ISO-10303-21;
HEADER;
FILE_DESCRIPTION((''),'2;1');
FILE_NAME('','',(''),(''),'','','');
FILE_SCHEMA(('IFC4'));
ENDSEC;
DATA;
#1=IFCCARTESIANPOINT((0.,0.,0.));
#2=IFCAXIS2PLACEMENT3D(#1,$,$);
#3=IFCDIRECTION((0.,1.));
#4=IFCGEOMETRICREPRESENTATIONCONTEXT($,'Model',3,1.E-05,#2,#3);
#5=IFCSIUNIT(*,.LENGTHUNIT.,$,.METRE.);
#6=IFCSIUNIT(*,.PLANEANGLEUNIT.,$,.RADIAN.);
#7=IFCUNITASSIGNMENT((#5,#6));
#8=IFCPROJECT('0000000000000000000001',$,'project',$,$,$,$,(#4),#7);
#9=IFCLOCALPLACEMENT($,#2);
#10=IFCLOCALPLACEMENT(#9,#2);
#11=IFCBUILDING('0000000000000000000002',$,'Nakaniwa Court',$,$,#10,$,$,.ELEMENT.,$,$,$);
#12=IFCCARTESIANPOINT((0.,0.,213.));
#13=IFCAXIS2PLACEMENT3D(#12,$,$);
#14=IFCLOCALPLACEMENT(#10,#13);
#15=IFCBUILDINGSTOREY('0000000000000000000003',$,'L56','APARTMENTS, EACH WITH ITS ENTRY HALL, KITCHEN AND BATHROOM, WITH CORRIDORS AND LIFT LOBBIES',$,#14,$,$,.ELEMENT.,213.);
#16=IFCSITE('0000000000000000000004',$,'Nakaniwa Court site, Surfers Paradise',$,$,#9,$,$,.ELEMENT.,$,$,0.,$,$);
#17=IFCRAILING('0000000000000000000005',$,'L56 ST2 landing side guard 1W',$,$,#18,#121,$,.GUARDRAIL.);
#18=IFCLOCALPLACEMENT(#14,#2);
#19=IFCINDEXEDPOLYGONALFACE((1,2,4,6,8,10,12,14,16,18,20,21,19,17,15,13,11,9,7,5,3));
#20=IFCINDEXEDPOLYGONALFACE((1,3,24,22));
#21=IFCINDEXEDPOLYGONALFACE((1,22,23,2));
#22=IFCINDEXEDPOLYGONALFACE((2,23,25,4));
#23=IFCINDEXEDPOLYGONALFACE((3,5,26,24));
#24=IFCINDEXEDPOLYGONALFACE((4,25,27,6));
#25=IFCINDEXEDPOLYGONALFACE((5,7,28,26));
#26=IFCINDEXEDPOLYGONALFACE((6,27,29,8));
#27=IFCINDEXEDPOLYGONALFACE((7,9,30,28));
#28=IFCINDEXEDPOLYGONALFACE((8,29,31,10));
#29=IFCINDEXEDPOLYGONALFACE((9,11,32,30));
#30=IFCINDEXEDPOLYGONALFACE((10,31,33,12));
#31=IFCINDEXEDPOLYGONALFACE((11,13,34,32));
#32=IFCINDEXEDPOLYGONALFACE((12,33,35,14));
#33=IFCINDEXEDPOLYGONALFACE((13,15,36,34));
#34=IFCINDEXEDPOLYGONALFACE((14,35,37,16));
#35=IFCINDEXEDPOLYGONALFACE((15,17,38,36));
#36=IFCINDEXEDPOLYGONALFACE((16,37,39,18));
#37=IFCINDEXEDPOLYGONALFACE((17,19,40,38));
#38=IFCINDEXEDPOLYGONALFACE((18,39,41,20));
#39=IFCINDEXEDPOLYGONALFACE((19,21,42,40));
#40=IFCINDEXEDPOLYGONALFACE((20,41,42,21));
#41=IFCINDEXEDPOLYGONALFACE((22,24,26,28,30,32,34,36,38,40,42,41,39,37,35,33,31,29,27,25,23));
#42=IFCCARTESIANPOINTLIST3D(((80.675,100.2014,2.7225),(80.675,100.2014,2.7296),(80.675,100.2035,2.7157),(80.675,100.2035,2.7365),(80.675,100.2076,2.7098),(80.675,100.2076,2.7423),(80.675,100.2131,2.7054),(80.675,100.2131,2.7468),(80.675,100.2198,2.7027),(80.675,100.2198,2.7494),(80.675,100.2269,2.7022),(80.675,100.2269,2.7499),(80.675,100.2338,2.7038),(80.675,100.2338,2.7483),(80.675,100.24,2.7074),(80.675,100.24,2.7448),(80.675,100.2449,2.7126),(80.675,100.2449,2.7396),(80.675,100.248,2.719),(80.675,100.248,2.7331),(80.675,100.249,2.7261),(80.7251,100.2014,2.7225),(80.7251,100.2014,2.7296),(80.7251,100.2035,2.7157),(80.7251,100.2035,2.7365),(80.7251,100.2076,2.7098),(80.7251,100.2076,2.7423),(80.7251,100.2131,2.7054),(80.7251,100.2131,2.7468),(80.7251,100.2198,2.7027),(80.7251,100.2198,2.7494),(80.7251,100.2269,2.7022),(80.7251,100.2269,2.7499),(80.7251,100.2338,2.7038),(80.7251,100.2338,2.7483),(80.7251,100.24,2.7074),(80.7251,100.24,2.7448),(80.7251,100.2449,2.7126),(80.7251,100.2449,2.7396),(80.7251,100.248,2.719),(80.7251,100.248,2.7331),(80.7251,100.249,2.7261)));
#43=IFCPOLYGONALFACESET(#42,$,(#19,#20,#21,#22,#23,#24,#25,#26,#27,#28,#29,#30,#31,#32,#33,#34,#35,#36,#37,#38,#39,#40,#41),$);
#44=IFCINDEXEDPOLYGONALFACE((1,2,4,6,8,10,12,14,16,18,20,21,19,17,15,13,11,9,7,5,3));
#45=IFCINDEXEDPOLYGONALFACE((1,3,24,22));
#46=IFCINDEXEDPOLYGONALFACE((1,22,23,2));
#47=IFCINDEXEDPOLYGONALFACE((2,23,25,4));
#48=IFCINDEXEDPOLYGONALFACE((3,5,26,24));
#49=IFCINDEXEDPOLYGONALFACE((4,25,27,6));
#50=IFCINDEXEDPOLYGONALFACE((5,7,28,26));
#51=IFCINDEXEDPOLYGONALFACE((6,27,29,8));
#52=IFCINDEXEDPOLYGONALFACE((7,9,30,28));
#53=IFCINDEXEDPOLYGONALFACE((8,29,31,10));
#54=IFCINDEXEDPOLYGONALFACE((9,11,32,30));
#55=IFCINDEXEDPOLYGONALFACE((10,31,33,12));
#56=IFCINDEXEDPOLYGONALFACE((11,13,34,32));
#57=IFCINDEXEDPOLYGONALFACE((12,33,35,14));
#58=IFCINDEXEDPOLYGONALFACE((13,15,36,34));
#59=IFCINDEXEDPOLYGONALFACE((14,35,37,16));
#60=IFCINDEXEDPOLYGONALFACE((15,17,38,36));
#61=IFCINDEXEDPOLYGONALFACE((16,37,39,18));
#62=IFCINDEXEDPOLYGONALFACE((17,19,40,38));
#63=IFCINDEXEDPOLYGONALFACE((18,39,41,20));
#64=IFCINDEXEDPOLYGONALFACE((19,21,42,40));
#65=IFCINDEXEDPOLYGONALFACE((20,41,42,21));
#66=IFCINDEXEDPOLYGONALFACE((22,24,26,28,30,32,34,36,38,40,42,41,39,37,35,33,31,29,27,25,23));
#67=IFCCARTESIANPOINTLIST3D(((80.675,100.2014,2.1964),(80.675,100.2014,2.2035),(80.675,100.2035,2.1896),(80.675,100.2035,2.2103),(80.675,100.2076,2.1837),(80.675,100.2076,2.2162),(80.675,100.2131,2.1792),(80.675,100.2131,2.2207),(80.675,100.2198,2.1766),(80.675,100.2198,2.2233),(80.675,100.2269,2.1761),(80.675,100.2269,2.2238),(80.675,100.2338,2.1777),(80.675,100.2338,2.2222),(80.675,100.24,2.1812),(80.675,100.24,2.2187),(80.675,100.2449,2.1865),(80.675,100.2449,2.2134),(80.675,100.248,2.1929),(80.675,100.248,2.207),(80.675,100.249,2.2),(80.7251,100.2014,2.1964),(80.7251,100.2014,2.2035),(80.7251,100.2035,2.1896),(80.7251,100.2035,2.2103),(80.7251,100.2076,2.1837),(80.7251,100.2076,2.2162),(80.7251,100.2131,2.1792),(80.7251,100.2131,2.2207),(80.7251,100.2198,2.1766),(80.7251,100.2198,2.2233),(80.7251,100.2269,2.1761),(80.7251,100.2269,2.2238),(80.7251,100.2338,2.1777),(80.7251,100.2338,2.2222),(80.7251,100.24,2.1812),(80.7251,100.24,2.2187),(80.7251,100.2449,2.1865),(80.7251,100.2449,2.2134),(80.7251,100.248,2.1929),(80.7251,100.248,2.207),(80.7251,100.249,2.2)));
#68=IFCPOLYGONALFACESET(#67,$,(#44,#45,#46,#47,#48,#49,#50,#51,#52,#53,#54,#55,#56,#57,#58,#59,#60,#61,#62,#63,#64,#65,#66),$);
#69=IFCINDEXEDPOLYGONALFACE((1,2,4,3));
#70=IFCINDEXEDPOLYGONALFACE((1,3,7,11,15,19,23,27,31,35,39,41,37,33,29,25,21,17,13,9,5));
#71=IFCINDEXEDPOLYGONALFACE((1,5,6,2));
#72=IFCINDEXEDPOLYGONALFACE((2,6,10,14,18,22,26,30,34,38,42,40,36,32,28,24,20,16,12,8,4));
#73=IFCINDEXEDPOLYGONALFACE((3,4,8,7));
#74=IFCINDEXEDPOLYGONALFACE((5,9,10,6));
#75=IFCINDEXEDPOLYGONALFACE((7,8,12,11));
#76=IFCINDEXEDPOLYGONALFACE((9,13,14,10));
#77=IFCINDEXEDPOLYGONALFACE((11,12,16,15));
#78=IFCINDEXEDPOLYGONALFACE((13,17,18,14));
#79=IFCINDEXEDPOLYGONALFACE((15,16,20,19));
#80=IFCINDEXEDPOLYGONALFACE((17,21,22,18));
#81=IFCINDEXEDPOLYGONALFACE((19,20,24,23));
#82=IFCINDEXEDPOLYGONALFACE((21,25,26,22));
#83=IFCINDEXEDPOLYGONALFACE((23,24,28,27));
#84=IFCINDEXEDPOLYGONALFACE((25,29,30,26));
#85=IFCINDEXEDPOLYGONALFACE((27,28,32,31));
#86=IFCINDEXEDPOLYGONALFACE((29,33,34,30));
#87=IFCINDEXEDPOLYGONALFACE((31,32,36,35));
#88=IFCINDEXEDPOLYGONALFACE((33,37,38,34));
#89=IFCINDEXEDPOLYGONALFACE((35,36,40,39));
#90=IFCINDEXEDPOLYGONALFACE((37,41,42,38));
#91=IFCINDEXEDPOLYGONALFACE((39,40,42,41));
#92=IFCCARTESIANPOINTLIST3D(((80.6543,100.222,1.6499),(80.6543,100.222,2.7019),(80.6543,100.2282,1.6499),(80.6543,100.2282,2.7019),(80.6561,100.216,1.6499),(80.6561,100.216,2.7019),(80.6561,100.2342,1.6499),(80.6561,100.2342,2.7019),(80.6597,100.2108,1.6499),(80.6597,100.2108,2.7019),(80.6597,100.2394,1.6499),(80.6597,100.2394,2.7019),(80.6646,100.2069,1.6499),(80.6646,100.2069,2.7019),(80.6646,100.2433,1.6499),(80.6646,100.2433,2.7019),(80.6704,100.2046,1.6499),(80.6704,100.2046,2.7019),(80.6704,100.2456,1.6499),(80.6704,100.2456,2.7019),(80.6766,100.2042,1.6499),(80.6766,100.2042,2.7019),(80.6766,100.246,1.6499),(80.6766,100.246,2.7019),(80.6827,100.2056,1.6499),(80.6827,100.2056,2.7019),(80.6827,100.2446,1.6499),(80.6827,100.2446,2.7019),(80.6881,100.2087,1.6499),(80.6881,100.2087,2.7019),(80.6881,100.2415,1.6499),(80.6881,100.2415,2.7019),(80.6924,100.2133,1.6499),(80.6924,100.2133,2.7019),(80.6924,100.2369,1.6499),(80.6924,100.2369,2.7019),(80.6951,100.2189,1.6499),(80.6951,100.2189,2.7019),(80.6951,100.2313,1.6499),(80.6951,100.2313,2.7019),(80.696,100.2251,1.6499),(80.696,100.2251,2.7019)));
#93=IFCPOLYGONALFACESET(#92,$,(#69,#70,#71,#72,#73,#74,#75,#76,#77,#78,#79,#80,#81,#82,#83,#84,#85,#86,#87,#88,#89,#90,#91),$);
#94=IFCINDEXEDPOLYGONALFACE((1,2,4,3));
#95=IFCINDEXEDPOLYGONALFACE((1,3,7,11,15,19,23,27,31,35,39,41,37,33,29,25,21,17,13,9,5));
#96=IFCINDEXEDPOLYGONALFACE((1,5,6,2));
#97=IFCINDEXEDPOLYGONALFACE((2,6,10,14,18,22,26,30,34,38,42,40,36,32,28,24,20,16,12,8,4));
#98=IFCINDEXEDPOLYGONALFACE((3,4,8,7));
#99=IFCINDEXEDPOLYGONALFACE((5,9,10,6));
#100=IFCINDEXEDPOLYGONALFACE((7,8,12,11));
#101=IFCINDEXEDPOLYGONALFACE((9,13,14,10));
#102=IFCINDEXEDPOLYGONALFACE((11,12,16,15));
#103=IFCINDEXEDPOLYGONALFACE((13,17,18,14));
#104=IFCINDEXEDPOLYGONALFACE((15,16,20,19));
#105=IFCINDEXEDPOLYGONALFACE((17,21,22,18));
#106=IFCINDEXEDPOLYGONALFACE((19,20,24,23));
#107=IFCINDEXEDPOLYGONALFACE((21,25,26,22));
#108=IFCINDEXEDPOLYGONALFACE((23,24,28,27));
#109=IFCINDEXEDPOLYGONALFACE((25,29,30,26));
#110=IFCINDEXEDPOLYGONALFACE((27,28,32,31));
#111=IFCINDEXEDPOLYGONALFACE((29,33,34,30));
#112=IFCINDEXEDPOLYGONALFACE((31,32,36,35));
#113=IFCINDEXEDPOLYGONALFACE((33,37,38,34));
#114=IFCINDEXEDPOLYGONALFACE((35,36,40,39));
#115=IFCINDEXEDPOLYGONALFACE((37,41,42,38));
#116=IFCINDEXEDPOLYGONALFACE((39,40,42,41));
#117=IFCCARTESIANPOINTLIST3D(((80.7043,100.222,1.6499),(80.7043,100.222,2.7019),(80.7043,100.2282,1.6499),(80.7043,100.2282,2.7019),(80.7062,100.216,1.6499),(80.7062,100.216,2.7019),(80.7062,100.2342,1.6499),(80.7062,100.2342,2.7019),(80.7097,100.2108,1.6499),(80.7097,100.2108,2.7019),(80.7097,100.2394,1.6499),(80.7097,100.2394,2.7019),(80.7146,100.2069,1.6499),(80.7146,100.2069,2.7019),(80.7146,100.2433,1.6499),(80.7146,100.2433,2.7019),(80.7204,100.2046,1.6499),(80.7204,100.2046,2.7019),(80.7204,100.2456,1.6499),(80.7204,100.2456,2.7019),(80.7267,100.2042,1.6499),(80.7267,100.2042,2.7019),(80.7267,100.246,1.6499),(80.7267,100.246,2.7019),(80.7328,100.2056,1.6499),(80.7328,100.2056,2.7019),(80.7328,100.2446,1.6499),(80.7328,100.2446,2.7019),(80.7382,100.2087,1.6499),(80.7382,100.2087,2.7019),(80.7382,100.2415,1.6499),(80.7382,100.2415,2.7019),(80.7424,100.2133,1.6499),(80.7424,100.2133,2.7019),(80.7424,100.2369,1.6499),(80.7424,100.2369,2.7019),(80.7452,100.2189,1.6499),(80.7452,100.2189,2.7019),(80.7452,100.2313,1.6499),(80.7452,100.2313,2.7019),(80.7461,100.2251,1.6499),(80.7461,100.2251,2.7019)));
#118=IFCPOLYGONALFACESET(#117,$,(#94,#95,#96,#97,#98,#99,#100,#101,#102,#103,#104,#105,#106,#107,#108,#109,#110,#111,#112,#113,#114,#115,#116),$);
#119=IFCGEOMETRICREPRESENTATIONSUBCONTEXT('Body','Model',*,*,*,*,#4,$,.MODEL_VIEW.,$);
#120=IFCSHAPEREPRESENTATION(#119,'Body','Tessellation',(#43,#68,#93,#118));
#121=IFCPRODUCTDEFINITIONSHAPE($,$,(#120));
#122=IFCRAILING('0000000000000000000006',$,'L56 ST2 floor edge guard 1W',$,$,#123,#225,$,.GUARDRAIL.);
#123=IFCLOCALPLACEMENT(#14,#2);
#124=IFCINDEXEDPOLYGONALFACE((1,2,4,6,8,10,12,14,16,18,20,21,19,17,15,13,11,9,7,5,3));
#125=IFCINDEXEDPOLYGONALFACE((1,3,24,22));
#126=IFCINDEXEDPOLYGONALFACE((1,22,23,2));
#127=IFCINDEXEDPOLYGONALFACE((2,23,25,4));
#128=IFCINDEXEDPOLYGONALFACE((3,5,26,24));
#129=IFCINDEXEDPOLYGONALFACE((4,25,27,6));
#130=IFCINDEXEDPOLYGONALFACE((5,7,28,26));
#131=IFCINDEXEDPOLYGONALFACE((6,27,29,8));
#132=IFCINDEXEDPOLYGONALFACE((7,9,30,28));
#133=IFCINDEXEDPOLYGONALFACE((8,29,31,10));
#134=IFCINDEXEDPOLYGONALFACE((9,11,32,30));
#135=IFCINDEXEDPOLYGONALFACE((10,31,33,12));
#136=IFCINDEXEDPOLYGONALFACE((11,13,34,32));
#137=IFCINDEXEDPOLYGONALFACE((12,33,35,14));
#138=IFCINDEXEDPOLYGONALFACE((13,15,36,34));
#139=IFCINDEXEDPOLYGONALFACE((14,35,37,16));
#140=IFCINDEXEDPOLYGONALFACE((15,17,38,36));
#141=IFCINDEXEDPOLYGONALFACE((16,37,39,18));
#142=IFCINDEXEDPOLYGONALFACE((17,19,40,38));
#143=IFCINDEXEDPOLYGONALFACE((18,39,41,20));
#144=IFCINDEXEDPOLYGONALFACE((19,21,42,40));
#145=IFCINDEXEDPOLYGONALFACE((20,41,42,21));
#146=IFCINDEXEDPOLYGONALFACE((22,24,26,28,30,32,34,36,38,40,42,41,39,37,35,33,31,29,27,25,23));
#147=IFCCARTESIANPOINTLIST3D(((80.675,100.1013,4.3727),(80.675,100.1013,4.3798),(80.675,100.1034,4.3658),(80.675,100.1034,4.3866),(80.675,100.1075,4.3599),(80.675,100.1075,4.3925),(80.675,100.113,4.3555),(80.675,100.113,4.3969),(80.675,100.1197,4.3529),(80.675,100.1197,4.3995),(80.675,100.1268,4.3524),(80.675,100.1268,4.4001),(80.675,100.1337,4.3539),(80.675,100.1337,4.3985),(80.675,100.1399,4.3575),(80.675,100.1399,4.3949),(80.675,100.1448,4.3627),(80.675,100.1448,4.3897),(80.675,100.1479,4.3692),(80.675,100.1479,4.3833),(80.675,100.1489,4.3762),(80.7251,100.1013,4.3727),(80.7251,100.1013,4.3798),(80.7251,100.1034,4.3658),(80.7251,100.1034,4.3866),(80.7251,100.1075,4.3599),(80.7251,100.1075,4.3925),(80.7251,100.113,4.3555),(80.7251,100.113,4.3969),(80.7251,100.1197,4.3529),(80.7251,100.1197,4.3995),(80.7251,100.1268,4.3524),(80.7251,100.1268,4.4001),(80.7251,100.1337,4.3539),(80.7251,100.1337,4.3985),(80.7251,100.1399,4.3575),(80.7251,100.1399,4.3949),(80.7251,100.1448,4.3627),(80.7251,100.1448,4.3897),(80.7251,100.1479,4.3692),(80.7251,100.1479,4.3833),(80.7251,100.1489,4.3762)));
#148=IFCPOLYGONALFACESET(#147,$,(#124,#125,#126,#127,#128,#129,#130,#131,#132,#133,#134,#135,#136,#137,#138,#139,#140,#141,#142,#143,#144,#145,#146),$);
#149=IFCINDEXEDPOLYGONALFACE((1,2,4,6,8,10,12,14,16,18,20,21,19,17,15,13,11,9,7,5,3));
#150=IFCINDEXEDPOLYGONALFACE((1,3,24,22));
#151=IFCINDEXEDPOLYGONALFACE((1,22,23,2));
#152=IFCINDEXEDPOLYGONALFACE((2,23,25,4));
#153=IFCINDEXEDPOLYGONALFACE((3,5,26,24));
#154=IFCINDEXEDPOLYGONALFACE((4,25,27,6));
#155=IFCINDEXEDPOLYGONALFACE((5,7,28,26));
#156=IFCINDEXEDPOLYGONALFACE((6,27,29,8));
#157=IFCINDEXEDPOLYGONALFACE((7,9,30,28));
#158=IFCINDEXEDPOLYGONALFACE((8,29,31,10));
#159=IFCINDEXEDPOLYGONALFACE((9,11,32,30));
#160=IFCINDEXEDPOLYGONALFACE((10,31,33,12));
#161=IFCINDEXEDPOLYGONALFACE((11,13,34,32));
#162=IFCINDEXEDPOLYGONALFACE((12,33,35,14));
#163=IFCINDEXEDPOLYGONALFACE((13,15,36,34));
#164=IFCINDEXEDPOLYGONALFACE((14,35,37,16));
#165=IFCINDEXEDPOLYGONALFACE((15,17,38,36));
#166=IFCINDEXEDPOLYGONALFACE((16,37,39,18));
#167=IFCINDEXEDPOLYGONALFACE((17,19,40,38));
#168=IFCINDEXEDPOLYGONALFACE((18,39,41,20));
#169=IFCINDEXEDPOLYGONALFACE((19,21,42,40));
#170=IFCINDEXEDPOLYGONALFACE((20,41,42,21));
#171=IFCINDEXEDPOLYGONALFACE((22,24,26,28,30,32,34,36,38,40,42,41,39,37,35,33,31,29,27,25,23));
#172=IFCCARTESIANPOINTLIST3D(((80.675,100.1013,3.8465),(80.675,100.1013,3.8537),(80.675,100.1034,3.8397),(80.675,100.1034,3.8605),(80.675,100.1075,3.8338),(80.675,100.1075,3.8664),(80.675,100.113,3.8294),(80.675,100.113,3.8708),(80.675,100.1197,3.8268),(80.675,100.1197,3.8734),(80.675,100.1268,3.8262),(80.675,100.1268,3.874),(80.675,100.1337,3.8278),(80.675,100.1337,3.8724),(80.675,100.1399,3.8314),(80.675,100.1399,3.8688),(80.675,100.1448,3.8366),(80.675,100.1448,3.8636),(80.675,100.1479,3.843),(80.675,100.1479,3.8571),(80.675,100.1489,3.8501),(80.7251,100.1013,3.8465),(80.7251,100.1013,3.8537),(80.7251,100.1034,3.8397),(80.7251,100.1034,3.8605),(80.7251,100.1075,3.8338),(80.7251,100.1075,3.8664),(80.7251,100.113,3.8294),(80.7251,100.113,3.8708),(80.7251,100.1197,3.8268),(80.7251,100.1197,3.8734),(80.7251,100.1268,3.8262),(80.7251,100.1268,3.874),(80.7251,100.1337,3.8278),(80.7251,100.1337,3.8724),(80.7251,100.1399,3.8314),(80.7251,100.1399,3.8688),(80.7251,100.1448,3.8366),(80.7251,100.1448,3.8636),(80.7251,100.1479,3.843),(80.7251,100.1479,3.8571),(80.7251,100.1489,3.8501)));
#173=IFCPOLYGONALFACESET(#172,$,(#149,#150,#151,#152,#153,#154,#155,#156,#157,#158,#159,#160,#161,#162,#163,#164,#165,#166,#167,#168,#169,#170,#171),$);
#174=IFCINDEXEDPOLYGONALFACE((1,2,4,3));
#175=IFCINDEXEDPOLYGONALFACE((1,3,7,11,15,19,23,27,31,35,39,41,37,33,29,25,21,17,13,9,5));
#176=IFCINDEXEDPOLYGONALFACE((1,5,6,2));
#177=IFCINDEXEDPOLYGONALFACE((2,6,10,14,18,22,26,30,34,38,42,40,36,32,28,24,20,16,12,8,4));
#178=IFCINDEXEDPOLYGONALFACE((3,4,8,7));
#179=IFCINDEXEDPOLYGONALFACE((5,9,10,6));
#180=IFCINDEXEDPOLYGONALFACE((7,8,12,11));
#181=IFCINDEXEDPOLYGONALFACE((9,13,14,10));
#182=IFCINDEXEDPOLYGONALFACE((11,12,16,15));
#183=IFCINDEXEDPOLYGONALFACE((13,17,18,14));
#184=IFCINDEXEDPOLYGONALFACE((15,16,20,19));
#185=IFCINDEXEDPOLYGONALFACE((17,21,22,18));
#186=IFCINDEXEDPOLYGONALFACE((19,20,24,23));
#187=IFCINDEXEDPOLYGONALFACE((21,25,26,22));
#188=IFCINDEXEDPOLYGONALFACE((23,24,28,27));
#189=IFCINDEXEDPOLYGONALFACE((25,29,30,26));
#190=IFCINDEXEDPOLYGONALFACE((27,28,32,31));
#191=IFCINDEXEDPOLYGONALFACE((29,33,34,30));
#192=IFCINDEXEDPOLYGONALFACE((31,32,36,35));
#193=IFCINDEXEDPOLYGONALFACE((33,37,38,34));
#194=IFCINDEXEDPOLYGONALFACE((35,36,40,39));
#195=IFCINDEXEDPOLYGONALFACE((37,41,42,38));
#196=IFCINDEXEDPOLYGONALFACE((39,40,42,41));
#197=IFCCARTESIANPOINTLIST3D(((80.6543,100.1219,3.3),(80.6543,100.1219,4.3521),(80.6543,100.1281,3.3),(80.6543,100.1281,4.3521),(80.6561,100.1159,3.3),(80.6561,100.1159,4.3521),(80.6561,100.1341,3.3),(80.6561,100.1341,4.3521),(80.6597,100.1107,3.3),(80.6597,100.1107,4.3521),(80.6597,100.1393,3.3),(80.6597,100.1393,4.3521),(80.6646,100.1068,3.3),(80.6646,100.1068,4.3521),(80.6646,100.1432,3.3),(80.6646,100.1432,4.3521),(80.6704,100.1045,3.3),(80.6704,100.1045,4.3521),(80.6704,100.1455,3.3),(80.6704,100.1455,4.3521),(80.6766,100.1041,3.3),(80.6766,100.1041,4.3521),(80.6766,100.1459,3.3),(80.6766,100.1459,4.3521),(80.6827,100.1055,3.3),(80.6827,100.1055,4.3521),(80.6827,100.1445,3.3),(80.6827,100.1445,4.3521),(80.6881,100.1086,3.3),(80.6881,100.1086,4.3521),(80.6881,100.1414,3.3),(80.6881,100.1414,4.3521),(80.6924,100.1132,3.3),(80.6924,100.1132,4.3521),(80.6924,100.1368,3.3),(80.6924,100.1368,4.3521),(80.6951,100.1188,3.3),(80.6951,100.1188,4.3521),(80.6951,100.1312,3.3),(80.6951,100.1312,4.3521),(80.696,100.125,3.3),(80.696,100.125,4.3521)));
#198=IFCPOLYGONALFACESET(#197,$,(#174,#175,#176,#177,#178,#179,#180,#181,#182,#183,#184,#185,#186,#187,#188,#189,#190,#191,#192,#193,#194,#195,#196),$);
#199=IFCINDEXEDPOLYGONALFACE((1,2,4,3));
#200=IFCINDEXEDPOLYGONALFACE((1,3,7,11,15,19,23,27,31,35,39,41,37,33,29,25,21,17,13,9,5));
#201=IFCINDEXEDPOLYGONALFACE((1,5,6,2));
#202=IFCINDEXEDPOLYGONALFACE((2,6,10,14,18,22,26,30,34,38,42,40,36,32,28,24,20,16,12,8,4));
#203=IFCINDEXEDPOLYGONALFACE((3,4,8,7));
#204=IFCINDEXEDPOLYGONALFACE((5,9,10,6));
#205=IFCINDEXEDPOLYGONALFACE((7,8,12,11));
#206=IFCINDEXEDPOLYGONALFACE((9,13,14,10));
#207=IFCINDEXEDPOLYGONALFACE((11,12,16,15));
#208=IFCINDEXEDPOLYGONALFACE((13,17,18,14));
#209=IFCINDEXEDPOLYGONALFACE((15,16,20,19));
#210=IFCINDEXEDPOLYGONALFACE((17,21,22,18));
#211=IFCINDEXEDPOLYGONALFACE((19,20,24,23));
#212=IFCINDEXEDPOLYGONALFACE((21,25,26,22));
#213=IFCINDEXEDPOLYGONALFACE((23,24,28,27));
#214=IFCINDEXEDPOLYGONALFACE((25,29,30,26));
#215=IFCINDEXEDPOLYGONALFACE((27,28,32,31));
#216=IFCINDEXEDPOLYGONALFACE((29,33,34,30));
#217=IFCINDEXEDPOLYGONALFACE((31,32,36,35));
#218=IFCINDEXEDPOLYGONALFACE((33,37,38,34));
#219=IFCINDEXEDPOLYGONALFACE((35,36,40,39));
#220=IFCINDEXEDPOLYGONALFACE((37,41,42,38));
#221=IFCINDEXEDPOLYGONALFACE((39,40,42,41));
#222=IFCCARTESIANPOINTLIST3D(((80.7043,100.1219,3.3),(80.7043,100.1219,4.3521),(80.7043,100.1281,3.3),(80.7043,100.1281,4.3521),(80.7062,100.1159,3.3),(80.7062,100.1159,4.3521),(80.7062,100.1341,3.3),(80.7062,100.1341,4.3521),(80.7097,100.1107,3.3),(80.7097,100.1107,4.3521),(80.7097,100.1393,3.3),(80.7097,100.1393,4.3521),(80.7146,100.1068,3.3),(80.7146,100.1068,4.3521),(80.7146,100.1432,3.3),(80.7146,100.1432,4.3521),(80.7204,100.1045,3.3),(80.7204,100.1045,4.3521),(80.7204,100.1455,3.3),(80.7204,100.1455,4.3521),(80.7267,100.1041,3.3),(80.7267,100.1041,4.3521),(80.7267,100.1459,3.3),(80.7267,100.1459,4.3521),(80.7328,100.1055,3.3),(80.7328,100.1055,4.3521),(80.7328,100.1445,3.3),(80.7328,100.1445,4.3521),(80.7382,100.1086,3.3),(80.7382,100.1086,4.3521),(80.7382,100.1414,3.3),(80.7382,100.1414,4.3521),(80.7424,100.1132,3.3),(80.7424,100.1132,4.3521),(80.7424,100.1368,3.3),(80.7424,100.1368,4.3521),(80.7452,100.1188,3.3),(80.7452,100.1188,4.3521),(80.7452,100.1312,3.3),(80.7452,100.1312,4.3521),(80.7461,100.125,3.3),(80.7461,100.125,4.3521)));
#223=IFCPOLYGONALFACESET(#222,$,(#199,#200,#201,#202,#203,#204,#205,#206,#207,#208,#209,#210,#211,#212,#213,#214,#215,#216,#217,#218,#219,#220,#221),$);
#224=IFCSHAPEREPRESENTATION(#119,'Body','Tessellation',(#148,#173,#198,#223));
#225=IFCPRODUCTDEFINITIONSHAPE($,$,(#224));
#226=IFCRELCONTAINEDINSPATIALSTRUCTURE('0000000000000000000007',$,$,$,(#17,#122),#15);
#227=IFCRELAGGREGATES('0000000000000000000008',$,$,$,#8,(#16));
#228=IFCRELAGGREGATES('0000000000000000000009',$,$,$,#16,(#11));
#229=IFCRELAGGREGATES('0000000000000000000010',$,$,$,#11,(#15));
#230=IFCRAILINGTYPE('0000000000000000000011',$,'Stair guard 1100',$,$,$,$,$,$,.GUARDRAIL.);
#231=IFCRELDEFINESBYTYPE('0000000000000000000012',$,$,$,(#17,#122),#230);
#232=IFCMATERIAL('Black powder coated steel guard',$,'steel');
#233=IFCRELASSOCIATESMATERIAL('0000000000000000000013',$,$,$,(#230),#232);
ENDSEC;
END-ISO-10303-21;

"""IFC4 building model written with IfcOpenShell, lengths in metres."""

from ifc_helpers import new_model, si_unit, direction, frame, origin, origin_2d, place, context, subcontext, project, spatial, circle, extrude, material, type_object, element, save


model = new_model("IFC4")

# Units and contexts
model_context = context("Model", 3, precision=1e-05, world=origin(), true_north=direction((0.0, 1.0)))
body_context = subcontext(model_context, "Body", "Model", "MODEL_VIEW")
ifc_project = project(units=[si_unit("LENGTHUNIT", "METRE"), si_unit("PLANEANGLEUNIT", "RADIAN")], contexts=[model_context])

# Site, building, storey
site_placement = place(None, origin())
site = spatial("IfcSite", under=ifc_project, at=site_placement, Name="Nakaniwa Court site, Surfers Paradise", CompositionType="ELEMENT", RefElevation=0.0)
building_placement = place(site_placement, origin())
building = spatial("IfcBuilding", under=site, at=building_placement, Name="Nakaniwa Court", CompositionType="ELEMENT")
storey_placement = place(building_placement, frame((0.0, 0.0, 213.0)))
storey = spatial("IfcBuildingStorey", under=building, at=storey_placement, Name="L56", Description="APARTMENTS, EACH WITH ITS ENTRY HALL, KITCHEN AND BATHROOM, WITH CORRIDORS AND LIFT LOBBIES", CompositionType="ELEMENT", Elevation=213.0)

# Railings
ifc_material_1 = material(Name="Black powder coated steel guard", Category="steel")
railing_type_1 = type_object("IfcRailingType", Name="Stair guard 1100", PredefinedType="GUARDRAIL", material=ifc_material_1)
for number, where, name in (
    (1, (80.675, 100.2251, 1.6499), "L56 ST2 landing side guard 1W"),
    (2, (80.675, 100.125, 3.3), "L56 ST2 floor edge guard 1W"),
):
    element("IfcRailing", number, at=place(storey_placement, frame(where)), inside=storey, type_object=railing_type_1, Name=name, PredefinedType="GUARDRAIL", context=body_context, shape_type="SweptSolid", body=[
        extrude(circle(Radius=0.0239, at=origin_2d()), frame((0.0, 0.0, 1.0762), z_axis=(1.0, 0.0, 0.0), x_axis=(0.0, 1.0, 0.0)), (0.0, 0.0, 1.0), 0.05),
        extrude(circle(Radius=0.0239, at=origin_2d()), frame((0.0, 0.0, 0.55), z_axis=(1.0, 0.0, 0.0), x_axis=(0.0, 1.0, 0.0)), (0.0, 0.0, 1.0), 0.05),
        extrude(circle(Radius=0.021, at=origin_2d()), origin(), (0.0, 0.0, 1.0), 1.052),
        extrude(circle(Radius=0.021, at=origin_2d()), frame((0.05, 0.0, 0.0)), (0.0, 0.0, 1.0), 1.052),
    ])

save(model, "model.ifc")
